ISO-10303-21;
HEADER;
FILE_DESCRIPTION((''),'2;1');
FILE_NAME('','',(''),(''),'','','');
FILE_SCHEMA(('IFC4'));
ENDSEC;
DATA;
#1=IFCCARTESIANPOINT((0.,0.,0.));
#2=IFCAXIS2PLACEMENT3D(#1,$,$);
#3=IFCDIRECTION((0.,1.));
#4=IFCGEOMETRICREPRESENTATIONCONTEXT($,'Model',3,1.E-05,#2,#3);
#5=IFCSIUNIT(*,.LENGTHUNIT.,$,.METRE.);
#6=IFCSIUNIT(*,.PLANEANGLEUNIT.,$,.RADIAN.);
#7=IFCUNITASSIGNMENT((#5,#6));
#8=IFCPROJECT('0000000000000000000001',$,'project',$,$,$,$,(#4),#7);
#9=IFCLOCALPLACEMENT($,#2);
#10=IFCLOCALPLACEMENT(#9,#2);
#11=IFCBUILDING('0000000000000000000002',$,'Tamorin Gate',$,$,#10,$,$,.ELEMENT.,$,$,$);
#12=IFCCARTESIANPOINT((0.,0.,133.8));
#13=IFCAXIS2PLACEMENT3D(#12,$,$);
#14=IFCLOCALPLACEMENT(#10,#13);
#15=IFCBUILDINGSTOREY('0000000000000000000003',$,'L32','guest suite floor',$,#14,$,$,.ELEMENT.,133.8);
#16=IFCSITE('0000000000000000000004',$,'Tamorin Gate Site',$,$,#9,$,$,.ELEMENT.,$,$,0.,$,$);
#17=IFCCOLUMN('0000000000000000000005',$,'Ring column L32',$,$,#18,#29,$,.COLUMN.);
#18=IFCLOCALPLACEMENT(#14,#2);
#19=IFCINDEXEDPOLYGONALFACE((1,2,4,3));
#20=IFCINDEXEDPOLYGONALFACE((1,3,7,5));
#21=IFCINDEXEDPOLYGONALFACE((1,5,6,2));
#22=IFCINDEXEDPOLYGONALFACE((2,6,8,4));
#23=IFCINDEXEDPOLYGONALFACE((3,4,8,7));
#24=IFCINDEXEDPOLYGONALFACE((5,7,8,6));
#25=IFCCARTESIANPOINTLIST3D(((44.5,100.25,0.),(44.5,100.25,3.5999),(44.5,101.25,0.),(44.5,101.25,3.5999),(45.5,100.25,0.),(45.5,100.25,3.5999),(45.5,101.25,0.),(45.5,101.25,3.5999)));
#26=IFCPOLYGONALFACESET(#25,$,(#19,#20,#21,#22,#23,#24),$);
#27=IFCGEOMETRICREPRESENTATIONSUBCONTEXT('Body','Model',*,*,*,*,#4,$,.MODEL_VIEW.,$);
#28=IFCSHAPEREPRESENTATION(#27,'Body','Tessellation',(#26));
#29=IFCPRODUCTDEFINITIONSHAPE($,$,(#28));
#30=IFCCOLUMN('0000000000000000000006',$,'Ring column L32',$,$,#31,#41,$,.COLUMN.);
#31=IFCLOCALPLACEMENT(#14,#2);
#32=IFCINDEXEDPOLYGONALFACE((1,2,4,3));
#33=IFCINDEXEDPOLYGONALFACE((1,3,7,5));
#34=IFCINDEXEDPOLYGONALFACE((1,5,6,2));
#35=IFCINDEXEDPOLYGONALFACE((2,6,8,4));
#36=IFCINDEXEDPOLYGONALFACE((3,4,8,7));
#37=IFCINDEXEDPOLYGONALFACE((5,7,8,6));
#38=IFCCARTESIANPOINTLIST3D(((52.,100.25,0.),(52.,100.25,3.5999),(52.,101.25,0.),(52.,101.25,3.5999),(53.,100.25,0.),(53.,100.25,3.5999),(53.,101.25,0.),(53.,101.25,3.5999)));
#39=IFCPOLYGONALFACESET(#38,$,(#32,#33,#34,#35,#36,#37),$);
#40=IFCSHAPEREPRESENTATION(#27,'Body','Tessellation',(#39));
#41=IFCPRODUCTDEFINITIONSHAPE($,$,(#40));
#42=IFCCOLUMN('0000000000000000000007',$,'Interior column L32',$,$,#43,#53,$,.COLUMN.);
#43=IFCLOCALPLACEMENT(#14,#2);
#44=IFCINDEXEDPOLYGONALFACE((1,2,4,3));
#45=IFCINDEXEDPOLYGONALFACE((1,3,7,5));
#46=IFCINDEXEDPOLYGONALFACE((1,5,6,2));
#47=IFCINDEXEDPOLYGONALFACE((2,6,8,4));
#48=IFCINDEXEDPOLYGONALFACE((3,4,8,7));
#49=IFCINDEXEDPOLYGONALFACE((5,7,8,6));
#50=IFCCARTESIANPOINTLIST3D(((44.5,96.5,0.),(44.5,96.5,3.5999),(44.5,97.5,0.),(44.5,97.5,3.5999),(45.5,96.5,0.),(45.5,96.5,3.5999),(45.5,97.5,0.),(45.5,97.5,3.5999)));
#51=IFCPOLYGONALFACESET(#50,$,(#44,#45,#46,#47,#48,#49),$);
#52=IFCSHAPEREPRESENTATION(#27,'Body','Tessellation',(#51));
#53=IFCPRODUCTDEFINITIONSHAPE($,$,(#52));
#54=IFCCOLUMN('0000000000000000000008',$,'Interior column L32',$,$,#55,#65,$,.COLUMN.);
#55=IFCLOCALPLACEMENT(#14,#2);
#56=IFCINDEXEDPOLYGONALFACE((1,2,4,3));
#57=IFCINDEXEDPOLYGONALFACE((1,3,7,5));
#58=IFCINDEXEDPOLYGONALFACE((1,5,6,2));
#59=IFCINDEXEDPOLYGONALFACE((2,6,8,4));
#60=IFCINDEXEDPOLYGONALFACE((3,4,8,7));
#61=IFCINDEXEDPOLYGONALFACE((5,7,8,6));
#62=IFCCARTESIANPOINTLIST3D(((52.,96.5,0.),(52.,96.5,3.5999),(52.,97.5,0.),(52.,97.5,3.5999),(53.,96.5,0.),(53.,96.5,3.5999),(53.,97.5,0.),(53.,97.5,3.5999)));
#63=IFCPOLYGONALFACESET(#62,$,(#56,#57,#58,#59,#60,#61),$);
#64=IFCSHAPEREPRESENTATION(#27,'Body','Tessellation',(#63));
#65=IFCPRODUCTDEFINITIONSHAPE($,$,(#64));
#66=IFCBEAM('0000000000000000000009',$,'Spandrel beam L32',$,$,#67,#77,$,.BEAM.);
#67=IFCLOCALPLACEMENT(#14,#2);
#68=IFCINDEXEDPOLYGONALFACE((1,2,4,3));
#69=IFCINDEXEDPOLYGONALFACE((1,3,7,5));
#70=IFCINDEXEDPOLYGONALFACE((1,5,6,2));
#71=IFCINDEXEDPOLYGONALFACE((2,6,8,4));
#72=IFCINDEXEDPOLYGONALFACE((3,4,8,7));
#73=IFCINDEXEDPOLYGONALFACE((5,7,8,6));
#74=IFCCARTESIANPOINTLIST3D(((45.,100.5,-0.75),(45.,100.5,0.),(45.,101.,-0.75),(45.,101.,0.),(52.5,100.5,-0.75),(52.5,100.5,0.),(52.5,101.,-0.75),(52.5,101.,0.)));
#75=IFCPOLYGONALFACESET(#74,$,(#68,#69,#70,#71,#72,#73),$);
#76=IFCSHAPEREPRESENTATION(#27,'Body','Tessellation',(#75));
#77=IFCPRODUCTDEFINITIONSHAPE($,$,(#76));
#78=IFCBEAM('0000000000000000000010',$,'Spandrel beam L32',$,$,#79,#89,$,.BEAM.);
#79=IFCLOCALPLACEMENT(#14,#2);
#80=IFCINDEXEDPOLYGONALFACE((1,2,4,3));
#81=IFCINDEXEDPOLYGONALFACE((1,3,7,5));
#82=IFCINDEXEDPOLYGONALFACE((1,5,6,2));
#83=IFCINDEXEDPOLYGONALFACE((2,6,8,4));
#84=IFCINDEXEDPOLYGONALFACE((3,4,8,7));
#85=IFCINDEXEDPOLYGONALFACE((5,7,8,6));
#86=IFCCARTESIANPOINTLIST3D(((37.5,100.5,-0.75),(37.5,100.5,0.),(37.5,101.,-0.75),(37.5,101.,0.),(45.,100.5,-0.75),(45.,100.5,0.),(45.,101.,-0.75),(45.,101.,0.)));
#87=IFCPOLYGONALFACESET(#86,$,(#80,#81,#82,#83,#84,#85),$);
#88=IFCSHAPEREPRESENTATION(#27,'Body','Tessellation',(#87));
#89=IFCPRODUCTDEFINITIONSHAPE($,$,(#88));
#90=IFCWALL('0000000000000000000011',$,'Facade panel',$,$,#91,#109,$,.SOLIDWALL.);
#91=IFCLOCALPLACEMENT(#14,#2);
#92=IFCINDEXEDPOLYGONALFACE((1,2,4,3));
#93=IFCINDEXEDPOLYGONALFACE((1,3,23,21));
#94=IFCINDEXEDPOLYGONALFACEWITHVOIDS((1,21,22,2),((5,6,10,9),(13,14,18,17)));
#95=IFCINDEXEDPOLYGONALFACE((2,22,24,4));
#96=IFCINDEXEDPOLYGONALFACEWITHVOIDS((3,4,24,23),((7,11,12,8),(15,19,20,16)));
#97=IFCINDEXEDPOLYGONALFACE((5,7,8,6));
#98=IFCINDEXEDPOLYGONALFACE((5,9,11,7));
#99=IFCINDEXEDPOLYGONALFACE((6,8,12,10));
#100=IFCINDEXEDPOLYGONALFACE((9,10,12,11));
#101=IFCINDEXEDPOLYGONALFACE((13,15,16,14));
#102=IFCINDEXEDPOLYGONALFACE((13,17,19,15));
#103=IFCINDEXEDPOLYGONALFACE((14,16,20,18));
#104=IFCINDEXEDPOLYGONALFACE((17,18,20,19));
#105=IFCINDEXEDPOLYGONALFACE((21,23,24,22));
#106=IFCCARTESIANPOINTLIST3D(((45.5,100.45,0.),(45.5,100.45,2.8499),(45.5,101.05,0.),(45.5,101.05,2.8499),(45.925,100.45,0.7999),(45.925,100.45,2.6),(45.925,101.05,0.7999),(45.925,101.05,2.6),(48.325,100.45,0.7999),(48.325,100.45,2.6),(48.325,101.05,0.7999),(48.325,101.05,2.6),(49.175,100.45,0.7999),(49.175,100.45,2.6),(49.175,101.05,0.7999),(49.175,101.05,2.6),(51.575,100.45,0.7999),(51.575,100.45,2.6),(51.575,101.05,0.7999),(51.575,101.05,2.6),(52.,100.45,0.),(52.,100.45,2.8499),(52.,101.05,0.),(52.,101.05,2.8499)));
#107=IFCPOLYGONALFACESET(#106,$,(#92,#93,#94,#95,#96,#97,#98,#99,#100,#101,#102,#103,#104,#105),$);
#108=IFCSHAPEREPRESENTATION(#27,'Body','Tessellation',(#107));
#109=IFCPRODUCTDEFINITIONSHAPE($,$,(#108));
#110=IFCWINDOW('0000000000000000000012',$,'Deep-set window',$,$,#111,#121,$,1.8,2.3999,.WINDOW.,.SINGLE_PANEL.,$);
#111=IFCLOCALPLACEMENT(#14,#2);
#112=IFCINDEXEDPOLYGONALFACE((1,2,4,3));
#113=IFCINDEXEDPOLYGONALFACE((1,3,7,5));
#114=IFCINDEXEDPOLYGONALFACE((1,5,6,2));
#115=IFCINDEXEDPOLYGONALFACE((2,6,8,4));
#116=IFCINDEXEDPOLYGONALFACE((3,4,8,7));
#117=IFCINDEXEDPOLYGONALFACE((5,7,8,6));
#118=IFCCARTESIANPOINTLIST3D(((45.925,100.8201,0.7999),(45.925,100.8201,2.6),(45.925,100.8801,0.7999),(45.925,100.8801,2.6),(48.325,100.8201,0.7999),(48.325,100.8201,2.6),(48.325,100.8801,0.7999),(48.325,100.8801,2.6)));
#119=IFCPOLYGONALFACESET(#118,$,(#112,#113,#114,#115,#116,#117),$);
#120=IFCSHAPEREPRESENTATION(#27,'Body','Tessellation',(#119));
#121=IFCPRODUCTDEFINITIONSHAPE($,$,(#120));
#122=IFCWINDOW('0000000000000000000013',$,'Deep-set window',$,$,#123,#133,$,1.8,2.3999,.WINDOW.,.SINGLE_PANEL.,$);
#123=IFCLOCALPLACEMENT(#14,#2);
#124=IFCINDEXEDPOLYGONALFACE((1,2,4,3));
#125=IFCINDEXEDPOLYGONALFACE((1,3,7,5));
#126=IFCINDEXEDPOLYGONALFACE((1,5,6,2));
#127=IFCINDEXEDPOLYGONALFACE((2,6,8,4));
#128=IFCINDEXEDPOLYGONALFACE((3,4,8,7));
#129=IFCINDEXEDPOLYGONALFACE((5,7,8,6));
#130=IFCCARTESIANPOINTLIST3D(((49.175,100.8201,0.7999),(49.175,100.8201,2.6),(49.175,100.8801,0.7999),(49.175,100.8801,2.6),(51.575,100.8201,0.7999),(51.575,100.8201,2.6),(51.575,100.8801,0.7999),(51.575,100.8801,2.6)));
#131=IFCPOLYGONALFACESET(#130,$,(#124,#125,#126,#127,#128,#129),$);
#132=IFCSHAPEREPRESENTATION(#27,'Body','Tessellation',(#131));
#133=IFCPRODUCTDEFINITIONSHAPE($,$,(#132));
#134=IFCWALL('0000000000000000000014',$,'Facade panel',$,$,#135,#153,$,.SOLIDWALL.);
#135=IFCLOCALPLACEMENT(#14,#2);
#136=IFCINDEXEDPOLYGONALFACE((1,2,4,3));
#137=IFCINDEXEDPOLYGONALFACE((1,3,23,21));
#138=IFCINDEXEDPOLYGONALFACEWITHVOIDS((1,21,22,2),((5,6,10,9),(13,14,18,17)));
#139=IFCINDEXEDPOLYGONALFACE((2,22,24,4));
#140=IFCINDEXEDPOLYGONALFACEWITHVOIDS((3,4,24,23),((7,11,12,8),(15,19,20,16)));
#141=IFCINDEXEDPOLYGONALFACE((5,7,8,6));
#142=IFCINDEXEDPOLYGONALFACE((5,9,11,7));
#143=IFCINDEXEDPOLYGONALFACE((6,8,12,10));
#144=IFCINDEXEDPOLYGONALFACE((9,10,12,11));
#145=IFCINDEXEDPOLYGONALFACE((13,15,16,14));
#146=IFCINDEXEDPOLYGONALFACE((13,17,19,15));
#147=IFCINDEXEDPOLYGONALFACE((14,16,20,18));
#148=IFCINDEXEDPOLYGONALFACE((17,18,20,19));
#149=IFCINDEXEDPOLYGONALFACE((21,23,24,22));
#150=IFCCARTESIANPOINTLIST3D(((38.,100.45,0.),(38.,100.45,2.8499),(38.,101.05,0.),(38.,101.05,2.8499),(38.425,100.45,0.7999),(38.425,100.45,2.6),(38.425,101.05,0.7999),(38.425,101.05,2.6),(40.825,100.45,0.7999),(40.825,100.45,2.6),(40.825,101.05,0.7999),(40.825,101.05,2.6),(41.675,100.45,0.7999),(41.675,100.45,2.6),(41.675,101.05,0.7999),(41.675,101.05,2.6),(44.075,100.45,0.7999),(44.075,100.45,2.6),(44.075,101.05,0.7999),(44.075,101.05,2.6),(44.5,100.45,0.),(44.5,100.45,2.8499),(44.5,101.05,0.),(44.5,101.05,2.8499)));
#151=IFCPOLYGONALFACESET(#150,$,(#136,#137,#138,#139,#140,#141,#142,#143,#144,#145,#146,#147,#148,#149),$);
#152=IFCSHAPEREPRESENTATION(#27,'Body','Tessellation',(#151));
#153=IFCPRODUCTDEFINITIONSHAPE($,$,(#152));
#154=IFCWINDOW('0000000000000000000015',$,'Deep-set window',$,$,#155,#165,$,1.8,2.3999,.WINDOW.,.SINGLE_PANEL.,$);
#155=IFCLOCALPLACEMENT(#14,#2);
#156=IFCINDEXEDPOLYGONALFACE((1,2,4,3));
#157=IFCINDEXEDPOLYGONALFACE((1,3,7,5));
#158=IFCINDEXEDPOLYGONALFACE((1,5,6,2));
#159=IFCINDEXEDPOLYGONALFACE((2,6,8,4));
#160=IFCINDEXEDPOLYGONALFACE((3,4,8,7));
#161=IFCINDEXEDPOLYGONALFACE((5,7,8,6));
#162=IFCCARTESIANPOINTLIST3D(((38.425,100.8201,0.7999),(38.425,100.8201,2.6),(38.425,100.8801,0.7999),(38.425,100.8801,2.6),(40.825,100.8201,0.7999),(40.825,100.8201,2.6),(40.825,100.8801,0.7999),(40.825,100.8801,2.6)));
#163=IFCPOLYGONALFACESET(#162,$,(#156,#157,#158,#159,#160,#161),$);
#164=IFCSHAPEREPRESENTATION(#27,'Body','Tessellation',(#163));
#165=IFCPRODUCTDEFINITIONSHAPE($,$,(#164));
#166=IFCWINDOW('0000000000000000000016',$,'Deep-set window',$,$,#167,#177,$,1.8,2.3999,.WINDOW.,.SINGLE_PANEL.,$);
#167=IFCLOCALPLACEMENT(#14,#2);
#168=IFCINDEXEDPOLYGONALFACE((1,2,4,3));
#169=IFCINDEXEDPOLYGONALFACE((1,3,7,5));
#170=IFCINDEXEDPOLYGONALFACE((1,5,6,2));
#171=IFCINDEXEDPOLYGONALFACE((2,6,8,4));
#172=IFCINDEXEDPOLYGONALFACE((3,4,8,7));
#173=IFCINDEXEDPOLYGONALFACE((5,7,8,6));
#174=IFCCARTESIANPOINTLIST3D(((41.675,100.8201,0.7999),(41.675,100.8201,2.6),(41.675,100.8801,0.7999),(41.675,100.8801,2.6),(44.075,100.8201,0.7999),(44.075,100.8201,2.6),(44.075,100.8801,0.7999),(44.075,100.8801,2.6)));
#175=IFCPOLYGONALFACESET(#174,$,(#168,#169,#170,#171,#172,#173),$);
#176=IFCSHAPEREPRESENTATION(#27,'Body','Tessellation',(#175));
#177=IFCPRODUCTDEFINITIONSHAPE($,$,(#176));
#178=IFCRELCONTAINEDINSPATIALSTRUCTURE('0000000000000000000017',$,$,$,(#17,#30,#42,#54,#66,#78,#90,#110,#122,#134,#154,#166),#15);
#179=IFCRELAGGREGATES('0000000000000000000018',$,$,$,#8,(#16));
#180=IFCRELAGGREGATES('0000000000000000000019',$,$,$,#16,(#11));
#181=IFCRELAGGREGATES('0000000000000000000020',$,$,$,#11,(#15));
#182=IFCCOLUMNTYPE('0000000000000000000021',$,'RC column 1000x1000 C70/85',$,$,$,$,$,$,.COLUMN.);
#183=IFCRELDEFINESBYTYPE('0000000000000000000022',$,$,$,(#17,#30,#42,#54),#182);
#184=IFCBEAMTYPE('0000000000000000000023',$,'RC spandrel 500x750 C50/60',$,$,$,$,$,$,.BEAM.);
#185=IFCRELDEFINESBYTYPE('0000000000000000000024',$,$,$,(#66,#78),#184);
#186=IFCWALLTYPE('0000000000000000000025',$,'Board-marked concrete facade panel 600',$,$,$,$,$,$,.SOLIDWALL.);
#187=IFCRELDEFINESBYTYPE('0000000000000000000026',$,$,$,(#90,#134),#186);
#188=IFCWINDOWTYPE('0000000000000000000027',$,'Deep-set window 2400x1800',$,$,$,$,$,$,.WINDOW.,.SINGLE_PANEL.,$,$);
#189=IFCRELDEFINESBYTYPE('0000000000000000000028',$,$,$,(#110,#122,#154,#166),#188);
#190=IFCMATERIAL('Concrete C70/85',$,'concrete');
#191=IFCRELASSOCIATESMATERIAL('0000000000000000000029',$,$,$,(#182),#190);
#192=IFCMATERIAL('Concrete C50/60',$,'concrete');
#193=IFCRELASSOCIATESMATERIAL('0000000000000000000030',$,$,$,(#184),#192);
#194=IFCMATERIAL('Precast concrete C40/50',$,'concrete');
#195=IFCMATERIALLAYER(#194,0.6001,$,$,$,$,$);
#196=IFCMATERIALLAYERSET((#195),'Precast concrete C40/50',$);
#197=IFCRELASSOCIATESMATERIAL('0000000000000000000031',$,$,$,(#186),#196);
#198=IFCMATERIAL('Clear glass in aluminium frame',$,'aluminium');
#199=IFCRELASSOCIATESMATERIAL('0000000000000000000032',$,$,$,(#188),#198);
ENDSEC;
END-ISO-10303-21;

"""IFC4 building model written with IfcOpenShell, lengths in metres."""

from ifc_helpers import new_model, si_unit, direction, frame, frame_2d, origin, origin_2d, place, context, subcontext, project, spatial, rectangle, extrude, material, layer, layer_set, material_profile, profile_set, type_object, element, fill, save


model = new_model("IFC4")

# Units and contexts
model_context = context("Model", 3, precision=1e-05, world=origin(), true_north=direction((0.0, 1.0)))
body_context = subcontext(model_context, "Body", "Model", "MODEL_VIEW")
ifc_project = project(units=[si_unit("LENGTHUNIT", "METRE"), si_unit("PLANEANGLEUNIT", "RADIAN")], contexts=[model_context])

# Site, building, storey
site_placement = place(None, origin())
site = spatial("IfcSite", under=ifc_project, at=site_placement, Name="Tamorin Gate Site", CompositionType="ELEMENT", RefElevation=0.0)
building_placement = place(site_placement, origin())
building = spatial("IfcBuilding", under=site, at=building_placement, Name="Tamorin Gate", CompositionType="ELEMENT")
storey_placement = place(building_placement, frame((0.0, 0.0, 133.8)))
storey = spatial("IfcBuildingStorey", under=building, at=storey_placement, Name="L32", Description="guest suite floor", CompositionType="ELEMENT", Elevation=133.8)

# Columns
ifc_material_1 = material(Name="Concrete C70/85", Category="concrete")
ifc_material_profile_1 = material_profile(ifc_material_1, rectangle(XDim=1.0, YDim=1.0, at=origin_2d()), Name="RC 1000x1000")
ifc_profile_set_1 = profile_set([ifc_material_profile_1], Name="Concrete C70/85")
column_type = type_object("IfcColumnType", Name="RC column 1000x1000 C70/85", PredefinedType="COLUMN", material=ifc_profile_set_1)
for number, where, z_axis, x_axis, name in (
    (1, (45.0, 100.75, 0.0), (0.0, 0.0, 1.0), (1.0, 0.0, 0.0), "Ring column L32"),
    (2, (52.5, 100.75, 0.0), (0.0, 0.0, 1.0), (1.0, 0.0, 0.0), "Ring column L32"),
    (3, (45.0, 97.0, 0.0), (0.0, 0.0, 1.0), (1.0, 0.0, 0.0), "Interior column L32"),
    (4, (52.5, 97.0, 0.0), (0.0, 0.0, 1.0), (1.0, 0.0, 0.0), "Interior column L32"),
):
    element("IfcColumn", number, at=place(storey_placement, frame(where, z_axis=z_axis, x_axis=x_axis)), inside=storey, type_object=column_type, Name=name, PredefinedType="COLUMN", context=body_context, shape_type="SweptSolid", body=[
        extrude(rectangle(XDim=1.0, YDim=1.0, at=origin_2d()), origin(), (0.0, 0.0, 1.0), 3.5999),
    ])

# Beams
ifc_material_2 = material(Name="Concrete C50/60", Category="concrete")
ifc_material_profile_2 = material_profile(ifc_material_2, rectangle(XDim=0.5, YDim=0.75, at=origin_2d()), Name="RC 500x750")
ifc_profile_set_2 = profile_set([ifc_material_profile_2], Name="Concrete C50/60")
beam_type = type_object("IfcBeamType", Name="RC spandrel 500x750 C50/60", PredefinedType="BEAM", material=ifc_profile_set_2)
for number, where, z_axis, x_axis, name in (
    (5, (52.5, 100.75, -0.375), (-1.0, 0.0, 0.0), (0.0, -1.0, 0.0), "Spandrel beam L32"),
    (6, (45.0, 100.75, -0.375), (-1.0, 0.0, 0.0), (0.0, -1.0, 0.0), "Spandrel beam L32"),
):
    element("IfcBeam", number, at=place(storey_placement, frame(where, z_axis=z_axis, x_axis=x_axis)), inside=storey, type_object=beam_type, Name=name, PredefinedType="BEAM", context=body_context, shape_type="SweptSolid", body=[
        extrude(rectangle(XDim=0.5, YDim=0.75, at=origin_2d()), origin(), (0.0, 0.0, 1.0), 7.5),
    ])

# Walls, openings, windows
ifc_material_3 = material(Name="Precast concrete C40/50", Category="concrete")
ifc_layer_1 = layer(ifc_material_3, 0.6001)
ifc_layer_set_1 = layer_set([ifc_layer_1], Name="Precast concrete C40/50")
wall_type_1 = type_object("IfcWallType", Name="Board-marked concrete facade panel 600", PredefinedType="SOLIDWALL", material=ifc_layer_set_1)
wall_1_placement = place(storey_placement, frame((52.0, 100.75, 0.0), z_axis=(0.0, 0.0, 1.0), x_axis=(-1.0, 0.0, 0.0)))
wall_1 = element("IfcWall", 7, at=wall_1_placement, inside=storey, type_object=wall_type_1, Name="Facade panel", PredefinedType="SOLIDWALL", context=body_context, shape_type="SweptSolid", body=[
    extrude(rectangle(XDim=6.5, YDim=0.6001, at=frame_2d((3.25, 0.0))), origin(), (0.0, 0.0, 1.0), 2.8499),
])
opening_1_placement = place(wall_1_placement, frame((3.675, 0.0, 0.8)))
opening_1 = element("IfcOpeningElement", 8, at=opening_1_placement, cuts=wall_1, PredefinedType="OPENING", context=body_context, shape_type="SweptSolid", body=[
    extrude(rectangle(XDim=2.3999, YDim=1.8, at=frame_2d((1.2, 0.8999))), frame((0.0, 0.3101, 0.0), z_axis=(0.0, -1.0, 0.0), x_axis=(1.0, 0.0, 0.0)), (0.0, 0.0, 1.0), 0.6201),
])
opening_2_placement = place(wall_1_placement, frame((0.425, 0.0, 0.8)))
opening_2 = element("IfcOpeningElement", 9, at=opening_2_placement, cuts=wall_1, PredefinedType="OPENING", context=body_context, shape_type="SweptSolid", body=[
    extrude(rectangle(XDim=2.3999, YDim=1.8, at=frame_2d((1.2, 0.8999))), frame((0.0, 0.3101, 0.0), z_axis=(0.0, -1.0, 0.0), x_axis=(1.0, 0.0, 0.0)), (0.0, 0.0, 1.0), 0.6201),
])
ifc_material_4 = material(Name="Clear glass in aluminium frame", Category="aluminium")
window_type = type_object("IfcWindowType", Name="Deep-set window 2400x1800", PartitioningType="SINGLE_PANEL", PredefinedType="WINDOW", material=ifc_material_4)
window_1_placement = place(opening_1_placement, origin())
window_1 = element("IfcWindow", 10, at=window_1_placement, inside=storey, type_object=window_type, Name="Deep-set window", OverallHeight=1.8, OverallWidth=2.3999, PartitioningType="SINGLE_PANEL", PredefinedType="WINDOW", context=body_context, shape_type="SweptSolid", body=[
    extrude(rectangle(XDim=2.3999, YDim=1.8, at=frame_2d((1.2, 0.8999))), frame((0.0, -0.0701, 0.0), z_axis=(0.0, -1.0, 0.0), x_axis=(1.0, 0.0, 0.0)), (0.0, 0.0, 1.0), 0.0601),
])
fill(opening_1, window_1)
window_2_placement = place(opening_2_placement, origin())
window_2 = element("IfcWindow", 11, at=window_2_placement, inside=storey, type_object=window_type, Name="Deep-set window", OverallHeight=1.8, OverallWidth=2.3999, PartitioningType="SINGLE_PANEL", PredefinedType="WINDOW", context=body_context, shape_type="SweptSolid", body=[
    extrude(rectangle(XDim=2.3999, YDim=1.8, at=frame_2d((1.2, 0.8999))), frame((0.0, -0.0701, 0.0), z_axis=(0.0, -1.0, 0.0), x_axis=(1.0, 0.0, 0.0)), (0.0, 0.0, 1.0), 0.0601),
])
fill(opening_2, window_2)
wall_2_placement = place(storey_placement, frame((44.5, 100.75, 0.0), z_axis=(0.0, 0.0, 1.0), x_axis=(-1.0, 0.0, 0.0)))
wall_2 = element("IfcWall", 12, at=wall_2_placement, inside=storey, type_object=wall_type_1, Name="Facade panel", PredefinedType="SOLIDWALL", context=body_context, shape_type="SweptSolid", body=[
    extrude(rectangle(XDim=6.5, YDim=0.6001, at=frame_2d((3.25, 0.0))), origin(), (0.0, 0.0, 1.0), 2.8499),
])
opening_3_placement = place(wall_2_placement, frame((3.675, 0.0, 0.8)))
opening_3 = element("IfcOpeningElement", 13, at=opening_3_placement, cuts=wall_2, PredefinedType="OPENING", context=body_context, shape_type="SweptSolid", body=[
    extrude(rectangle(XDim=2.3999, YDim=1.8, at=frame_2d((1.2, 0.8999))), frame((0.0, 0.3101, 0.0), z_axis=(0.0, -1.0, 0.0), x_axis=(1.0, 0.0, 0.0)), (0.0, 0.0, 1.0), 0.6201),
])
opening_4_placement = place(wall_2_placement, frame((0.425, 0.0, 0.8)))
opening_4 = element("IfcOpeningElement", 14, at=opening_4_placement, cuts=wall_2, PredefinedType="OPENING", context=body_context, shape_type="SweptSolid", body=[
    extrude(rectangle(XDim=2.3999, YDim=1.8, at=frame_2d((1.2, 0.8999))), frame((0.0, 0.3101, 0.0), z_axis=(0.0, -1.0, 0.0), x_axis=(1.0, 0.0, 0.0)), (0.0, 0.0, 1.0), 0.6201),
])
window_3_placement = place(opening_3_placement, origin())
window_3 = element("IfcWindow", 15, at=window_3_placement, inside=storey, type_object=window_type, Name="Deep-set window", OverallHeight=1.8, OverallWidth=2.3999, PartitioningType="SINGLE_PANEL", PredefinedType="WINDOW", context=body_context, shape_type="SweptSolid", body=[
    extrude(rectangle(XDim=2.3999, YDim=1.8, at=frame_2d((1.2, 0.8999))), frame((0.0, -0.0701, 0.0), z_axis=(0.0, -1.0, 0.0), x_axis=(1.0, 0.0, 0.0)), (0.0, 0.0, 1.0), 0.0601),
])
fill(opening_3, window_3)
window_4_placement = place(opening_4_placement, origin())
window_4 = element("IfcWindow", 16, at=window_4_placement, inside=storey, type_object=window_type, Name="Deep-set window", OverallHeight=1.8, OverallWidth=2.3999, PartitioningType="SINGLE_PANEL", PredefinedType="WINDOW", context=body_context, shape_type="SweptSolid", body=[
    extrude(rectangle(XDim=2.3999, YDim=1.8, at=frame_2d((1.2, 0.8999))), frame((0.0, -0.0701, 0.0), z_axis=(0.0, -1.0, 0.0), x_axis=(1.0, 0.0, 0.0)), (0.0, 0.0, 1.0), 0.0601),
])
fill(opening_4, window_4)

save(model, "model.ifc")
